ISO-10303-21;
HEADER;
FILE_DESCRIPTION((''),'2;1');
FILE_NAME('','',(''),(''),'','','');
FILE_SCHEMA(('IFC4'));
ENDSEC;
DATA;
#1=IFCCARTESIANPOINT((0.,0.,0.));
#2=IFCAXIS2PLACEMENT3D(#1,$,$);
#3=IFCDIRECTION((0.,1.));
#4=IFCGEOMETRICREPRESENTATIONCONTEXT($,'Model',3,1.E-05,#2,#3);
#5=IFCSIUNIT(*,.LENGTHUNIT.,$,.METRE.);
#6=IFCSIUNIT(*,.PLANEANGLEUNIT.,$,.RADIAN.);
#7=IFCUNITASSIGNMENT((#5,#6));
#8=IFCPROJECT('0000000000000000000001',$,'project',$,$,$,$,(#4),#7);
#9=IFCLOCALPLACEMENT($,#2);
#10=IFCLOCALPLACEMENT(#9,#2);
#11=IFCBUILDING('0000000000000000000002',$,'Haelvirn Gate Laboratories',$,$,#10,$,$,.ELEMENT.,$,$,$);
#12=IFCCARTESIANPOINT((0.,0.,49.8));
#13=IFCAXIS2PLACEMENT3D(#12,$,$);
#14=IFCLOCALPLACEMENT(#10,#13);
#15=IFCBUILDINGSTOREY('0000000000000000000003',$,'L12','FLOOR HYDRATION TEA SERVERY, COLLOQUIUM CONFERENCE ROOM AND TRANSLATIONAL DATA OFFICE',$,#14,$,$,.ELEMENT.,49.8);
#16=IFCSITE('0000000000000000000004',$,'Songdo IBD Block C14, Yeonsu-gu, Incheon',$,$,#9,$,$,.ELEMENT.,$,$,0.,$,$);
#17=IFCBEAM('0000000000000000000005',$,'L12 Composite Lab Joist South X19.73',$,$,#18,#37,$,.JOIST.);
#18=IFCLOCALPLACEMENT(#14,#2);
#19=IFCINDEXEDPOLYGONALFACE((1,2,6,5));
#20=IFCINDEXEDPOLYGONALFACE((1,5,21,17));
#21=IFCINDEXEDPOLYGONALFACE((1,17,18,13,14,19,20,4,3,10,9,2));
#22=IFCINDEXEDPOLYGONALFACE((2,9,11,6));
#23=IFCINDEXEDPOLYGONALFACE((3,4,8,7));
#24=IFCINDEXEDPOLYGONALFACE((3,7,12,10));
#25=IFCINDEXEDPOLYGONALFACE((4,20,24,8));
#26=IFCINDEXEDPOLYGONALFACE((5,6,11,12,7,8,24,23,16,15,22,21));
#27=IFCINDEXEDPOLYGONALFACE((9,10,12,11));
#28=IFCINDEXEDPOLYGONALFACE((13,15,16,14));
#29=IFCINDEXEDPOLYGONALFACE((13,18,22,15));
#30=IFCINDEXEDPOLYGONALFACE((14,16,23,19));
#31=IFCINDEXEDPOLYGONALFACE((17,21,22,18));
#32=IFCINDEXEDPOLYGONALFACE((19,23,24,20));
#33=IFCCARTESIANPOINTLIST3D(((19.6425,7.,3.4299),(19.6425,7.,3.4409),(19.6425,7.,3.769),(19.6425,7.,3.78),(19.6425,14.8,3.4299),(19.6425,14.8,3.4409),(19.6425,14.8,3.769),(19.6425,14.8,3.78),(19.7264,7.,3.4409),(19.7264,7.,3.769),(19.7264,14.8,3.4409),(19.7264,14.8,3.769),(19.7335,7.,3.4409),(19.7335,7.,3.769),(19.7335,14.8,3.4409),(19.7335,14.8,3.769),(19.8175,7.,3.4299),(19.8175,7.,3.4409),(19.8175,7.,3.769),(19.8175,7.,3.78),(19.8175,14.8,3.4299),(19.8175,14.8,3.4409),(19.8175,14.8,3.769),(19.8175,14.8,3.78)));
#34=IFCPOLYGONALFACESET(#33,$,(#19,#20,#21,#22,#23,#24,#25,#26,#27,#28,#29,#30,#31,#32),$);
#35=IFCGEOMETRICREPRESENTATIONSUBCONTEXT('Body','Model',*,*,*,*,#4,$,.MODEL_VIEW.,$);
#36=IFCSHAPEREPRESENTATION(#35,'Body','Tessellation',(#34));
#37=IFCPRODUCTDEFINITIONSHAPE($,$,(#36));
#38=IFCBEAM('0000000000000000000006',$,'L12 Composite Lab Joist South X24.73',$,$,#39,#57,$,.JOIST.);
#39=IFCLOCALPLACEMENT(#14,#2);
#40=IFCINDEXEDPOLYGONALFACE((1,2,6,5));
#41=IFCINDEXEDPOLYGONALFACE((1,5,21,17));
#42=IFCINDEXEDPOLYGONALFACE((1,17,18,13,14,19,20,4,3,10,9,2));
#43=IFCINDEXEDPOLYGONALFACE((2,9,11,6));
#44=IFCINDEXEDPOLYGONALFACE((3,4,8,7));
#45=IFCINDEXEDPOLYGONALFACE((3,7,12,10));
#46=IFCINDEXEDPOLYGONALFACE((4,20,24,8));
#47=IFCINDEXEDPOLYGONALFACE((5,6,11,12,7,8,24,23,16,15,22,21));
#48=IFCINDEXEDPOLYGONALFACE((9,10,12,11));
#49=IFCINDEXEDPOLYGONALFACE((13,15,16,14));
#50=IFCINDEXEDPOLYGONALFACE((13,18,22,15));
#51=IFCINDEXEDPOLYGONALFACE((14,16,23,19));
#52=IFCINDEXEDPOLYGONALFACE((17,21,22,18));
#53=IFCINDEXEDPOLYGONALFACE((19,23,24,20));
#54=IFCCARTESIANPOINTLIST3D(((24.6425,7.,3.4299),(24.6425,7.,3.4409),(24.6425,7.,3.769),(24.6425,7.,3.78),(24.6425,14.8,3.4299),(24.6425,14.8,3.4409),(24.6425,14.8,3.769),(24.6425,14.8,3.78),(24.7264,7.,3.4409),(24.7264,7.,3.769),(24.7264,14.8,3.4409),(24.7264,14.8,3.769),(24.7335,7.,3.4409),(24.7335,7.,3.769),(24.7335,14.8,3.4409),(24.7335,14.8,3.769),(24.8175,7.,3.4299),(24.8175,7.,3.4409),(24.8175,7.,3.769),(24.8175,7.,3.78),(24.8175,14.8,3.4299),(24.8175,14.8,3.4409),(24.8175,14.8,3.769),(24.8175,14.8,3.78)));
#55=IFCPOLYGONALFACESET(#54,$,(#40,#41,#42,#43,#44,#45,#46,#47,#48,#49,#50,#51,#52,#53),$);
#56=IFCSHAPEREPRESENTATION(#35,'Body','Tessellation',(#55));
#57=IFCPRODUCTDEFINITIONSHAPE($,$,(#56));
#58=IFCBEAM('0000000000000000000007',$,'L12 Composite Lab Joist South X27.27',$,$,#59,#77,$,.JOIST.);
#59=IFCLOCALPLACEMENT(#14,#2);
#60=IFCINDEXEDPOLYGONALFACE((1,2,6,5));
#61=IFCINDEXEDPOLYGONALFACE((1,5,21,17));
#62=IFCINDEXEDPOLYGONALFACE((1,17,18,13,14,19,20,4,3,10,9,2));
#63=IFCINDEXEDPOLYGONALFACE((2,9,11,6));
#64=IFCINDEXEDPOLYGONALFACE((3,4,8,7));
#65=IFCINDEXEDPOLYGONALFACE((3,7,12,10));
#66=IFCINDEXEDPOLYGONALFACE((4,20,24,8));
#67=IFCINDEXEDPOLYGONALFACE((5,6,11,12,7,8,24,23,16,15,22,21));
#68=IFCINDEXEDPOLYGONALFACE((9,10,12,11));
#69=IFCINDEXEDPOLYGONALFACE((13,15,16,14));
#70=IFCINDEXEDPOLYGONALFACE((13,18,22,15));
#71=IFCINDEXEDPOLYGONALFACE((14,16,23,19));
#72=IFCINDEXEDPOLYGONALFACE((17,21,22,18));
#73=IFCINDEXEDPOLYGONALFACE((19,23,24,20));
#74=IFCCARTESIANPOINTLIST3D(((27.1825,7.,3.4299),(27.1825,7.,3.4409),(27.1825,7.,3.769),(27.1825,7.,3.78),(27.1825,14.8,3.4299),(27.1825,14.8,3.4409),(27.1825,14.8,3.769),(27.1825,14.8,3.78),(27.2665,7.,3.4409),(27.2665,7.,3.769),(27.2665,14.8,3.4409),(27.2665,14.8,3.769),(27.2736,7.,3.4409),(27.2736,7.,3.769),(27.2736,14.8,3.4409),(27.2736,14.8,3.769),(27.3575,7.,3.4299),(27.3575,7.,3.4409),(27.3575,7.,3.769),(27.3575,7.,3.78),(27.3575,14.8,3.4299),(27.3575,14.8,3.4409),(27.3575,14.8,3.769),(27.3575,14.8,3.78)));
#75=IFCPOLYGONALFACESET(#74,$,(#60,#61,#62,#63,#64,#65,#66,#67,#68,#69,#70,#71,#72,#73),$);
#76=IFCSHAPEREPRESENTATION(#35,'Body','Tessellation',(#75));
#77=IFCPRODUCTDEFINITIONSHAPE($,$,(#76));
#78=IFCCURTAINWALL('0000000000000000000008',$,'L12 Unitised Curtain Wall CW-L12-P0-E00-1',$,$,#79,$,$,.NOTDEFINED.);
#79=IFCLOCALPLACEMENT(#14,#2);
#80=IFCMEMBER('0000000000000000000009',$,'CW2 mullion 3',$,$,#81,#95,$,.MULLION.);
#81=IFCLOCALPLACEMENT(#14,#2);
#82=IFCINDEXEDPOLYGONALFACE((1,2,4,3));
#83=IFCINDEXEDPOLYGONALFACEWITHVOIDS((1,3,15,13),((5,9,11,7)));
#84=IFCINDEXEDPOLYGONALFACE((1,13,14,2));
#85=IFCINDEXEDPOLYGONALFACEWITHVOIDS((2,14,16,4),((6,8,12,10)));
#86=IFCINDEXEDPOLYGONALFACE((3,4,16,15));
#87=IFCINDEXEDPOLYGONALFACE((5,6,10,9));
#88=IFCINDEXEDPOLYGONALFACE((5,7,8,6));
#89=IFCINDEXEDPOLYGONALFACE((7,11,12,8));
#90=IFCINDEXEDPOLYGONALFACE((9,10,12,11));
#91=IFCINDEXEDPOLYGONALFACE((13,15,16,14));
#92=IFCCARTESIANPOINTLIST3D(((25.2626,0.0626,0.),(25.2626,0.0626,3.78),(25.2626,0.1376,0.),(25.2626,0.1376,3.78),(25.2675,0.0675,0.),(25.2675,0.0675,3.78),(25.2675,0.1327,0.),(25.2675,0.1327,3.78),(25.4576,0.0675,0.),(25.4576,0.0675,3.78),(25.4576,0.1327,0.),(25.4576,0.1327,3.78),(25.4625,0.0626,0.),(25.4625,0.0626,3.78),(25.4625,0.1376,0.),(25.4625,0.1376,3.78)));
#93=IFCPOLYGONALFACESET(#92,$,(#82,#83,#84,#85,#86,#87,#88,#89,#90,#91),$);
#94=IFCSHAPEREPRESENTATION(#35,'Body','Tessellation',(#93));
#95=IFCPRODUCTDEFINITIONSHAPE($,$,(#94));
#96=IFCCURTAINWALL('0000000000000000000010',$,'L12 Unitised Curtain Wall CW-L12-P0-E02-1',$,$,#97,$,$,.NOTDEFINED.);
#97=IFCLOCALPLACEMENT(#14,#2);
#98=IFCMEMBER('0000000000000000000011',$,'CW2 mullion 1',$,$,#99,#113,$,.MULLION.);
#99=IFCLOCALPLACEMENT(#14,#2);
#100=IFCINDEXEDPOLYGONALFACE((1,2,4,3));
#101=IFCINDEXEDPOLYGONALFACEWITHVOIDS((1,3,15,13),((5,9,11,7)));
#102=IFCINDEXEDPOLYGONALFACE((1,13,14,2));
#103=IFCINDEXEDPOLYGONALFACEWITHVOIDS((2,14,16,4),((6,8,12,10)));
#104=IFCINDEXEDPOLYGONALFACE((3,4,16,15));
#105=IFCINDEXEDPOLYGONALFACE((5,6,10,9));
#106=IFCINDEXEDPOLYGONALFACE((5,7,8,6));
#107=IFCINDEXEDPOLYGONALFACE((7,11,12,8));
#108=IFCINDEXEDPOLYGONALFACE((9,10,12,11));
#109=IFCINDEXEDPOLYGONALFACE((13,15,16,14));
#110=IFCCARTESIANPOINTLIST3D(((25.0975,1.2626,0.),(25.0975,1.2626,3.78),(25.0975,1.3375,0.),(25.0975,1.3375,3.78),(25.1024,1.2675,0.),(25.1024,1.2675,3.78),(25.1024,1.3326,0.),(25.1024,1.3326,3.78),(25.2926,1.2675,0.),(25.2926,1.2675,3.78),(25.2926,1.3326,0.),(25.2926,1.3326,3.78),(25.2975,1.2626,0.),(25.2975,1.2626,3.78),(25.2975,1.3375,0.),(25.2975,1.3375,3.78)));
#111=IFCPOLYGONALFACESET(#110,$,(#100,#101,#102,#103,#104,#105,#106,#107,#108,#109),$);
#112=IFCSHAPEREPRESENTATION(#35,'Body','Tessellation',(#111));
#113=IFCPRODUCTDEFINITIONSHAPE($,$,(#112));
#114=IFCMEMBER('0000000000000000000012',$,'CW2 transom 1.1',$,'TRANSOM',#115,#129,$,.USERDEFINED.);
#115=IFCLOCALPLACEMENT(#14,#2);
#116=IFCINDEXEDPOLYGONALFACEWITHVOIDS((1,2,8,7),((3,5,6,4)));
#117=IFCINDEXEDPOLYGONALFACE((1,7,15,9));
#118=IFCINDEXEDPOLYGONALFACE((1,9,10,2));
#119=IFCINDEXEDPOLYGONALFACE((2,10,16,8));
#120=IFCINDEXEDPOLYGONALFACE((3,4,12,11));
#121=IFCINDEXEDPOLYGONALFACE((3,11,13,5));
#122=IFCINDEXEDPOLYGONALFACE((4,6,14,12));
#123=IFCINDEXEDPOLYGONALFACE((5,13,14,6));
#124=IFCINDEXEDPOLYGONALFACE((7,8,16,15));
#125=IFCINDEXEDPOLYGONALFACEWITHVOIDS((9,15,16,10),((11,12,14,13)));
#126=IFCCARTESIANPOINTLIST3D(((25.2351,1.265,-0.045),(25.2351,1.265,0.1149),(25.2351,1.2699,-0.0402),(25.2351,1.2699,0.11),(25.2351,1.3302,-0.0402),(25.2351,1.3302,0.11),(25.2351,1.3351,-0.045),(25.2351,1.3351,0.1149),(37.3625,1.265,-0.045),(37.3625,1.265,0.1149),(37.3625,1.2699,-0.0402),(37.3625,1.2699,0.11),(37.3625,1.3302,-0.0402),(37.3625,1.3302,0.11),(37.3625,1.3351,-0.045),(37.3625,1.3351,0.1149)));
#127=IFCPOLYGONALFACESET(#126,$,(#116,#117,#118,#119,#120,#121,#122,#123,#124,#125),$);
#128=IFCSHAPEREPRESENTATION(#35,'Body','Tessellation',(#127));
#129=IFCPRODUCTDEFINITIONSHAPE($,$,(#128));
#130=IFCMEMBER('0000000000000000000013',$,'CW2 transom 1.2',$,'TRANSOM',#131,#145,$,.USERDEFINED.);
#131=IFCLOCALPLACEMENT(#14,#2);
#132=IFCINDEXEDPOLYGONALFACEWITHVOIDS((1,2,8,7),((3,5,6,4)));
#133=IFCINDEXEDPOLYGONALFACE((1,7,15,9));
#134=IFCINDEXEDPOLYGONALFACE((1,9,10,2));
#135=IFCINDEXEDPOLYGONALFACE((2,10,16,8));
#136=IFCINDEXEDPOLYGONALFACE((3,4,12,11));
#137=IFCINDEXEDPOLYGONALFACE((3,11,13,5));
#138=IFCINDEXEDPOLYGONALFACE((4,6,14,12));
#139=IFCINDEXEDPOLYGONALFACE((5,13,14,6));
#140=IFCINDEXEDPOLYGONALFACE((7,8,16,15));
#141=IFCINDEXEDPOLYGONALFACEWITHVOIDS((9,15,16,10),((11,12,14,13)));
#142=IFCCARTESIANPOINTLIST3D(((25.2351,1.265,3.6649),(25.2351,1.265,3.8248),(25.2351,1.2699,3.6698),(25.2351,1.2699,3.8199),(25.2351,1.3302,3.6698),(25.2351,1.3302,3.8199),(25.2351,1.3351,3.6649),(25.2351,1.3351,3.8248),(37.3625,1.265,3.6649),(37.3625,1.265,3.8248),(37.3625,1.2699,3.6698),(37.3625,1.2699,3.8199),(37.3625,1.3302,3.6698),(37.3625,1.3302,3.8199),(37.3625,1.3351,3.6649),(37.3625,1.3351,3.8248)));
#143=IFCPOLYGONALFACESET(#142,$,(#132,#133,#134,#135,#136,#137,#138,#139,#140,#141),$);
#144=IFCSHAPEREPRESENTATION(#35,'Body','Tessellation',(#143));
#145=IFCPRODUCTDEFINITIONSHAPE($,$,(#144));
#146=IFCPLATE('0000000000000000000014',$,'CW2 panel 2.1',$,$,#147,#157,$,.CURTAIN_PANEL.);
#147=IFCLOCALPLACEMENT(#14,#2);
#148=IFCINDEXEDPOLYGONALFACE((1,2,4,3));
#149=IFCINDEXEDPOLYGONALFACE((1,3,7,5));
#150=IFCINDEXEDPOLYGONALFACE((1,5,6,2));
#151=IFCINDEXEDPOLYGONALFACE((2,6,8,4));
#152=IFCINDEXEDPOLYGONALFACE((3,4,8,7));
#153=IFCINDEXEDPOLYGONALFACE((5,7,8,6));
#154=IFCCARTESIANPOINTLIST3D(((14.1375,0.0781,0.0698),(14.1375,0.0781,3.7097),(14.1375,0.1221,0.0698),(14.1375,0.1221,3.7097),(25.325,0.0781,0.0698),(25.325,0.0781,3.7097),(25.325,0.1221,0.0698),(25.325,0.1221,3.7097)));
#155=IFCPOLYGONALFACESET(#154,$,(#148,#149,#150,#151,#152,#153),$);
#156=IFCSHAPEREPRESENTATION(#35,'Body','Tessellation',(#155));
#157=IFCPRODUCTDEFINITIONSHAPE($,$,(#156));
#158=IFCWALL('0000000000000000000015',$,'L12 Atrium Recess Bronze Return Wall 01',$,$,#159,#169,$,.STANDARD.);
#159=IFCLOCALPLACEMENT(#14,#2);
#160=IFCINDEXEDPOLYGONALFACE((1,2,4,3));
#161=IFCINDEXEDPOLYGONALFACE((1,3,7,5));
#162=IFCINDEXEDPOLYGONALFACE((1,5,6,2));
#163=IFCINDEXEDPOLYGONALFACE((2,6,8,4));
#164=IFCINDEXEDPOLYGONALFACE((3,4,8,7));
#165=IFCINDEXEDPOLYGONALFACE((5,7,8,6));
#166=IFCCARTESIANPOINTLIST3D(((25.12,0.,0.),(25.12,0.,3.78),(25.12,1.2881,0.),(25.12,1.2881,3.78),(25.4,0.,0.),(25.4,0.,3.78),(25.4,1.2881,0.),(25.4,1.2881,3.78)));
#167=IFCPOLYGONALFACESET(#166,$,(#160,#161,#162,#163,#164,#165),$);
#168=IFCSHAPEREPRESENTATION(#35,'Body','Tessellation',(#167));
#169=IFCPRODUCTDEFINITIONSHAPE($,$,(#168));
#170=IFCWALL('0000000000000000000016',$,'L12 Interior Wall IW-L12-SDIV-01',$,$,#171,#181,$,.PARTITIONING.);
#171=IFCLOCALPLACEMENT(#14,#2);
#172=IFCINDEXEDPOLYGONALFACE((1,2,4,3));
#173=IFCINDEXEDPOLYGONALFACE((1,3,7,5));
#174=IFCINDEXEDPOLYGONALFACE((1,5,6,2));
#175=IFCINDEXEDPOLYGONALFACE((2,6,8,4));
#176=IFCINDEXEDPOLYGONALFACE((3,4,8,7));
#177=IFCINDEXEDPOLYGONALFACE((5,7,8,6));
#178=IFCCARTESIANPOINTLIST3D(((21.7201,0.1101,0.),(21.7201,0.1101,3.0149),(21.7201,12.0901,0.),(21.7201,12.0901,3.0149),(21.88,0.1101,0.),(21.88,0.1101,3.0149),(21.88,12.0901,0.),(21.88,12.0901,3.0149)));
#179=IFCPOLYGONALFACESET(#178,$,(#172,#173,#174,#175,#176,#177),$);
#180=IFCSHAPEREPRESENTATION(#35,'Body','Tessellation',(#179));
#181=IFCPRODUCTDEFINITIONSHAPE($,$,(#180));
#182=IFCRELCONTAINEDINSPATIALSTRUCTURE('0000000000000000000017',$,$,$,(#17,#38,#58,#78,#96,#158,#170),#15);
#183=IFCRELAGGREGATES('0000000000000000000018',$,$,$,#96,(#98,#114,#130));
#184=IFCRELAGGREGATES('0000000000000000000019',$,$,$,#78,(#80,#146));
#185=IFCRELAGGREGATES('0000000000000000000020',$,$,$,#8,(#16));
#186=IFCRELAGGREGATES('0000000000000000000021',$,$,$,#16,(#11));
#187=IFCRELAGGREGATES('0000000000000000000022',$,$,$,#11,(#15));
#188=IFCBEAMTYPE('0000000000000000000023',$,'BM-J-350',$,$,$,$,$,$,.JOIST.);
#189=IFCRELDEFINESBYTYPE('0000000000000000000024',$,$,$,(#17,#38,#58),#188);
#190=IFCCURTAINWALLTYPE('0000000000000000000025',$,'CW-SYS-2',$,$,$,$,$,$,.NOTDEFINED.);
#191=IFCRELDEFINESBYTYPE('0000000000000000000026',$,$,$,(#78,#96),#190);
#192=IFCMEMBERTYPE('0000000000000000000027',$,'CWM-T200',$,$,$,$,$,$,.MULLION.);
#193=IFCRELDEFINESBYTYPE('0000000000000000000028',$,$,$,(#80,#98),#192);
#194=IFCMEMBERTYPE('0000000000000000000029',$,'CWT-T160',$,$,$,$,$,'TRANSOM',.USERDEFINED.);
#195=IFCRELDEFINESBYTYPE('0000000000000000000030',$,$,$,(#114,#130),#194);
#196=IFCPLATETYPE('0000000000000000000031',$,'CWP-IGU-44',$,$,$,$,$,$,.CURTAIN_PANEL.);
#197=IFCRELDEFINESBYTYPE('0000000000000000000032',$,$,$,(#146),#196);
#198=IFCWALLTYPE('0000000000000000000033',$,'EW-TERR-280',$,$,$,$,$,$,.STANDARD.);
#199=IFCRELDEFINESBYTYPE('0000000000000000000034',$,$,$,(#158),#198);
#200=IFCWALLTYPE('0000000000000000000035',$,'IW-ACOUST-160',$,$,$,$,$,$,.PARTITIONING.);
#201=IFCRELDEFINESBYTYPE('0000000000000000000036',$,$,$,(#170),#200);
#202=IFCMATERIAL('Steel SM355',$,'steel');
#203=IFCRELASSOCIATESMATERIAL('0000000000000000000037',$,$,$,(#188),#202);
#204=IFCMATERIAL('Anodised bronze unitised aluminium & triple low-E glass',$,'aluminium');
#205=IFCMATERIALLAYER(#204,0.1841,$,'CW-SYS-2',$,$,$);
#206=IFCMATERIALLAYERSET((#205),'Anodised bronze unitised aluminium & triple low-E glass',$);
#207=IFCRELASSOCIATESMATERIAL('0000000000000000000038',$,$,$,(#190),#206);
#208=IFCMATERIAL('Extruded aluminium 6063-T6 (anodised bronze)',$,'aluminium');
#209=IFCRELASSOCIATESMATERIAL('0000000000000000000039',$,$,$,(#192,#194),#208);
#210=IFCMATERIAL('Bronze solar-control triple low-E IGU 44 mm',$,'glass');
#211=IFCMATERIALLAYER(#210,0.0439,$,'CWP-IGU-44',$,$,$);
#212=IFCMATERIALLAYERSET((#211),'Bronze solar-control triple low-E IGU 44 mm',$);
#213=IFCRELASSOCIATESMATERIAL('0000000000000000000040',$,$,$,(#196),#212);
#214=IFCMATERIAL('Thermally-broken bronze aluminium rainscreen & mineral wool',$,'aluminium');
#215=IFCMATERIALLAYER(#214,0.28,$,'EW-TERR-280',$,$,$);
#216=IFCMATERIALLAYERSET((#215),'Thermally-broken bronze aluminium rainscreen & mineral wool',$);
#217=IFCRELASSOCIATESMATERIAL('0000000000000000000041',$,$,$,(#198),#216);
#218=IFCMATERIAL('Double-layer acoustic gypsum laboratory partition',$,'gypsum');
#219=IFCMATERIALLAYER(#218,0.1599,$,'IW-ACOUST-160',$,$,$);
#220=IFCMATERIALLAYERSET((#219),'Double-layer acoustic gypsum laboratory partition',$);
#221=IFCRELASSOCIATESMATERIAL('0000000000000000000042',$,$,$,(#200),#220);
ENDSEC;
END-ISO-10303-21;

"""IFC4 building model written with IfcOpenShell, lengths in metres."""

from ifc_helpers import new_model, si_unit, direction, frame, frame_2d, origin, origin_2d, place, context, subcontext, project, spatial, rectangle, hollow_rectangle, i_section, extrude, source, transform, mapped, material, layer, layer_set, material_profile, profile_set, type_object, type_shapes, element, aggregate, save


model = new_model("IFC4")

# Units and contexts
model_context = context("Model", 3, precision=1e-05, world=origin(), true_north=direction((0.0, 1.0)))
body_context = subcontext(model_context, "Body", "Model", "MODEL_VIEW")
ifc_project = project(units=[si_unit("LENGTHUNIT", "METRE"), si_unit("PLANEANGLEUNIT", "RADIAN")], contexts=[model_context])

# Site, building, storey
site_placement = place(None, origin())
site = spatial("IfcSite", under=ifc_project, at=site_placement, Name="Songdo IBD Block C14, Yeonsu-gu, Incheon", CompositionType="ELEMENT", RefElevation=0.0)
building_placement = place(site_placement, origin())
building = spatial("IfcBuilding", under=site, at=building_placement, Name="Haelvirn Gate Laboratories", CompositionType="ELEMENT")
storey_placement = place(building_placement, frame((0.0, 0.0, 49.8)))
storey = spatial("IfcBuildingStorey", under=building, at=storey_placement, Name="L12", Description="FLOOR HYDRATION TEA SERVERY, COLLOQUIUM CONFERENCE ROOM AND TRANSLATIONAL DATA OFFICE", CompositionType="ELEMENT", Elevation=49.8)

# Beams
ifc_material_1 = material(Name="Steel SM355", Category="steel")
ifc_material_profile_1 = material_profile(ifc_material_1, i_section(OverallWidth=0.175, OverallDepth=0.3501, WebThickness=0.0071, FlangeThickness=0.011, at=origin_2d()), Name="H-350x175x7x11")
ifc_profile_set_1 = profile_set([ifc_material_profile_1], Name="Steel SM355")
beam_type_1 = type_object("IfcBeamType", Name="BM-J-350", PredefinedType="JOIST", material=ifc_profile_set_1)
shared_shape_1 = source(origin(), body_context, "Body", "SweptSolid", [
    extrude(i_section(OverallWidth=0.175, OverallDepth=0.3501, WebThickness=0.0071, FlangeThickness=0.011, at=origin_2d()), origin(), (0.0, 0.0, 1.0), 7.8),
])
type_shapes(beam_type_1, [shared_shape_1])
for number, where, z_axis, x_axis, name in (
    (1, (19.73, 7.0, 3.605), (0.0, 1.0, 0.0), (-1.0, 0.0, 0.0), "L12 Composite Lab Joist South X19.73"),
    (2, (24.73, 7.0, 3.605), (0.0, 1.0, 0.0), (-1.0, 0.0, 0.0), "L12 Composite Lab Joist South X24.73"),
    (3, (27.27, 7.0, 3.605), (0.0, 1.0, 0.0), (-1.0, 0.0, 0.0), "L12 Composite Lab Joist South X27.27"),
):
    element("IfcBeam", number, at=place(storey_placement, frame(where, z_axis=z_axis, x_axis=x_axis)), inside=storey, type_object=beam_type_1, Name=name, PredefinedType="JOIST", context=body_context, shape_type="MappedRepresentation", body=[
        mapped(shared_shape_1, transform((0.0, 0.0, 0.0), scale=1.0)),
    ])

# Curtain wall, member
ifc_material_2 = material(Name="Anodised bronze unitised aluminium & triple low-E glass", Category="aluminium")
ifc_layer_1 = layer(ifc_material_2, 0.1841, Name="CW-SYS-2")
ifc_layer_set_1 = layer_set([ifc_layer_1], Name="Anodised bronze unitised aluminium & triple low-E glass")
curtain_wall_type = type_object("IfcCurtainWallType", Name="CW-SYS-2", PredefinedType="NOTDEFINED", material=ifc_layer_set_1)
curtain_wall_1_placement = place(storey_placement, origin())
curtain_wall_1 = element("IfcCurtainWall", 4, at=curtain_wall_1_placement, inside=storey, type_object=curtain_wall_type, Name="L12 Unitised Curtain Wall CW-L12-P0-E00-1", PredefinedType="NOTDEFINED")
ifc_material_3 = material(Name="Extruded aluminium 6063-T6 (anodised bronze)", Category="aluminium")
ifc_material_profile_2 = material_profile(ifc_material_3, hollow_rectangle(XDim=0.075, YDim=0.2, WallThickness=0.0049, at=origin_2d()), Name="CWM-200x75x5")
ifc_profile_set_2 = profile_set([ifc_material_profile_2], Name="Extruded aluminium 6063-T6 (anodised bronze)")
member_type_1 = type_object("IfcMemberType", Name="CWM-T200", PredefinedType="MULLION", material=ifc_profile_set_2)
shared_shape_2 = source(origin(), body_context, "Body", "SweptSolid", [
    extrude(hollow_rectangle(XDim=0.075, YDim=0.2, WallThickness=0.0049, at=origin_2d()), origin(), (0.0, 0.0, 1.0), 3.78),
])
type_shapes(member_type_1, [shared_shape_2])
member_1_placement = place(storey_placement, frame((25.3625, 0.1001, 0.0), z_axis=(0.0, 0.0, 1.0), x_axis=(0.0, 1.0, 0.0)))
member_1 = element("IfcMember", 5, at=member_1_placement, type_object=member_type_1, Name="CW2 mullion 3", PredefinedType="MULLION", context=body_context, shape_type="MappedRepresentation", body=[
    mapped(shared_shape_2, transform((0.0, 0.0, 0.0), scale=1.0)),
])

# Curtain wall, members
curtain_wall_2_placement = place(storey_placement, origin())
curtain_wall_2 = element("IfcCurtainWall", 6, at=curtain_wall_2_placement, inside=storey, type_object=curtain_wall_type, Name="L12 Unitised Curtain Wall CW-L12-P0-E02-1", PredefinedType="NOTDEFINED")
member_2_placement = place(storey_placement, frame((25.1975, 1.3, 0.0), z_axis=(0.0, 0.0, 1.0), x_axis=(0.0, 1.0, 0.0)))
member_2 = element("IfcMember", 7, at=member_2_placement, type_object=member_type_1, Name="CW2 mullion 1", PredefinedType="MULLION", context=body_context, shape_type="MappedRepresentation", body=[
    mapped(shared_shape_2, transform((0.0, 0.0, 0.0), scale=1.0)),
])
ifc_material_profile_3 = material_profile(ifc_material_3, hollow_rectangle(XDim=0.0701, YDim=0.1599, WallThickness=0.0049, at=origin_2d()), Name="CWT-160x70x5")
ifc_profile_set_3 = profile_set([ifc_material_profile_3], Name="Extruded aluminium 6063-T6 (anodised bronze)")
member_type_2 = type_object("IfcMemberType", Name="CWT-T160", ElementType="TRANSOM", PredefinedType="USERDEFINED", material=ifc_profile_set_3)
shared_shape_3 = source(origin(), body_context, "Body", "SweptSolid", [
    extrude(hollow_rectangle(XDim=0.0701, YDim=0.1599, WallThickness=0.0049, at=origin_2d()), origin(), (0.0, 0.0, 1.0), 12.1274),
])
type_shapes(member_type_2, [shared_shape_3])
member_3_placement = place(storey_placement, frame((25.2351, 1.3, 0.0349), z_axis=(1.0, 0.0, 0.0), x_axis=(0.0, 1.0, 0.0)))
member_3 = element("IfcMember", 8, at=member_3_placement, type_object=member_type_2, Name="CW2 transom 1.1", ObjectType="TRANSOM", PredefinedType="USERDEFINED", context=body_context, shape_type="MappedRepresentation", body=[
    mapped(shared_shape_3, transform((0.0, 0.0, 0.0), scale=1.0)),
])
member_4_placement = place(storey_placement, frame((25.2351, 1.3, 3.7449), z_axis=(1.0, 0.0, 0.0), x_axis=(0.0, 1.0, 0.0)))
member_4 = element("IfcMember", 9, at=member_4_placement, type_object=member_type_2, Name="CW2 transom 1.2", ObjectType="TRANSOM", PredefinedType="USERDEFINED", context=body_context, shape_type="MappedRepresentation", body=[
    mapped(shared_shape_3, transform((0.0, 0.0, 0.0), scale=1.0)),
])
aggregate(curtain_wall_2, [member_2, member_3, member_4])

# Plate
ifc_material_4 = material(Name="Bronze solar-control triple low-E IGU 44 mm", Category="glass")
ifc_layer_2 = layer(ifc_material_4, 0.0439, Name="CWP-IGU-44")
ifc_layer_set_2 = layer_set([ifc_layer_2], Name="Bronze solar-control triple low-E IGU 44 mm")
plate_type = type_object("IfcPlateType", Name="CWP-IGU-44", PredefinedType="CURTAIN_PANEL", material=ifc_layer_set_2)
shared_shape_4 = source(origin(), body_context, "Body", "SweptSolid", [
    extrude(rectangle(XDim=11.1875, YDim=0.0439, at=origin_2d()), origin(), (0.0, 0.0, 1.0), 3.6399),
])
type_shapes(plate_type, [shared_shape_4])
plate_placement = place(storey_placement, frame((19.7312, 0.1001, 0.0698), z_axis=(0.0, 0.0, 1.0), x_axis=(1.0, 0.0, 0.0)))
plate = element("IfcPlate", 10, at=plate_placement, type_object=plate_type, Name="CW2 panel 2.1", PredefinedType="CURTAIN_PANEL", context=body_context, shape_type="MappedRepresentation", body=[
    mapped(shared_shape_4, transform((0.0, 0.0, 0.0), scale=1.0)),
])
aggregate(curtain_wall_1, [member_1, plate])

# Walls
ifc_material_5 = material(Name="Thermally-broken bronze aluminium rainscreen & mineral wool", Category="aluminium")
ifc_layer_3 = layer(ifc_material_5, 0.28, Name="EW-TERR-280")
ifc_layer_set_3 = layer_set([ifc_layer_3], Name="Thermally-broken bronze aluminium rainscreen & mineral wool")
wall_type_1 = type_object("IfcWallType", Name="EW-TERR-280", PredefinedType="STANDARD", material=ifc_layer_set_3)
wall_1_placement = place(storey_placement, frame((25.26, 0.0, 0.0), z_axis=(0.0, 0.0, 1.0), x_axis=(0.0, 1.0, 0.0)))
element("IfcWall", 11, at=wall_1_placement, inside=storey, type_object=wall_type_1, Name="L12 Atrium Recess Bronze Return Wall 01", PredefinedType="STANDARD", context=body_context, shape_type="SweptSolid", body=[
    extrude(rectangle(XDim=1.2881, YDim=0.28, at=frame_2d((0.644, 0.0))), origin(), (0.0, 0.0, 1.0), 3.78),
])
ifc_material_6 = material(Name="Double-layer acoustic gypsum laboratory partition", Category="gypsum")
ifc_layer_4 = layer(ifc_material_6, 0.1599, Name="IW-ACOUST-160")
ifc_layer_set_4 = layer_set([ifc_layer_4], Name="Double-layer acoustic gypsum laboratory partition")
wall_type_2 = type_object("IfcWallType", Name="IW-ACOUST-160", PredefinedType="PARTITIONING", material=ifc_layer_set_4)
wall_2_placement = place(storey_placement, frame((21.8, 0.1101, 0.0), z_axis=(0.0, 0.0, 1.0), x_axis=(0.0, 1.0, 0.0)))
element("IfcWall", 12, at=wall_2_placement, inside=storey, type_object=wall_type_2, Name="L12 Interior Wall IW-L12-SDIV-01", PredefinedType="PARTITIONING", context=body_context, shape_type="SweptSolid", body=[
    extrude(rectangle(XDim=11.98, YDim=0.1599, at=frame_2d((5.99, 0.0))), origin(), (0.0, 0.0, 1.0), 3.0149),
])

save(model, "model.ifc")
